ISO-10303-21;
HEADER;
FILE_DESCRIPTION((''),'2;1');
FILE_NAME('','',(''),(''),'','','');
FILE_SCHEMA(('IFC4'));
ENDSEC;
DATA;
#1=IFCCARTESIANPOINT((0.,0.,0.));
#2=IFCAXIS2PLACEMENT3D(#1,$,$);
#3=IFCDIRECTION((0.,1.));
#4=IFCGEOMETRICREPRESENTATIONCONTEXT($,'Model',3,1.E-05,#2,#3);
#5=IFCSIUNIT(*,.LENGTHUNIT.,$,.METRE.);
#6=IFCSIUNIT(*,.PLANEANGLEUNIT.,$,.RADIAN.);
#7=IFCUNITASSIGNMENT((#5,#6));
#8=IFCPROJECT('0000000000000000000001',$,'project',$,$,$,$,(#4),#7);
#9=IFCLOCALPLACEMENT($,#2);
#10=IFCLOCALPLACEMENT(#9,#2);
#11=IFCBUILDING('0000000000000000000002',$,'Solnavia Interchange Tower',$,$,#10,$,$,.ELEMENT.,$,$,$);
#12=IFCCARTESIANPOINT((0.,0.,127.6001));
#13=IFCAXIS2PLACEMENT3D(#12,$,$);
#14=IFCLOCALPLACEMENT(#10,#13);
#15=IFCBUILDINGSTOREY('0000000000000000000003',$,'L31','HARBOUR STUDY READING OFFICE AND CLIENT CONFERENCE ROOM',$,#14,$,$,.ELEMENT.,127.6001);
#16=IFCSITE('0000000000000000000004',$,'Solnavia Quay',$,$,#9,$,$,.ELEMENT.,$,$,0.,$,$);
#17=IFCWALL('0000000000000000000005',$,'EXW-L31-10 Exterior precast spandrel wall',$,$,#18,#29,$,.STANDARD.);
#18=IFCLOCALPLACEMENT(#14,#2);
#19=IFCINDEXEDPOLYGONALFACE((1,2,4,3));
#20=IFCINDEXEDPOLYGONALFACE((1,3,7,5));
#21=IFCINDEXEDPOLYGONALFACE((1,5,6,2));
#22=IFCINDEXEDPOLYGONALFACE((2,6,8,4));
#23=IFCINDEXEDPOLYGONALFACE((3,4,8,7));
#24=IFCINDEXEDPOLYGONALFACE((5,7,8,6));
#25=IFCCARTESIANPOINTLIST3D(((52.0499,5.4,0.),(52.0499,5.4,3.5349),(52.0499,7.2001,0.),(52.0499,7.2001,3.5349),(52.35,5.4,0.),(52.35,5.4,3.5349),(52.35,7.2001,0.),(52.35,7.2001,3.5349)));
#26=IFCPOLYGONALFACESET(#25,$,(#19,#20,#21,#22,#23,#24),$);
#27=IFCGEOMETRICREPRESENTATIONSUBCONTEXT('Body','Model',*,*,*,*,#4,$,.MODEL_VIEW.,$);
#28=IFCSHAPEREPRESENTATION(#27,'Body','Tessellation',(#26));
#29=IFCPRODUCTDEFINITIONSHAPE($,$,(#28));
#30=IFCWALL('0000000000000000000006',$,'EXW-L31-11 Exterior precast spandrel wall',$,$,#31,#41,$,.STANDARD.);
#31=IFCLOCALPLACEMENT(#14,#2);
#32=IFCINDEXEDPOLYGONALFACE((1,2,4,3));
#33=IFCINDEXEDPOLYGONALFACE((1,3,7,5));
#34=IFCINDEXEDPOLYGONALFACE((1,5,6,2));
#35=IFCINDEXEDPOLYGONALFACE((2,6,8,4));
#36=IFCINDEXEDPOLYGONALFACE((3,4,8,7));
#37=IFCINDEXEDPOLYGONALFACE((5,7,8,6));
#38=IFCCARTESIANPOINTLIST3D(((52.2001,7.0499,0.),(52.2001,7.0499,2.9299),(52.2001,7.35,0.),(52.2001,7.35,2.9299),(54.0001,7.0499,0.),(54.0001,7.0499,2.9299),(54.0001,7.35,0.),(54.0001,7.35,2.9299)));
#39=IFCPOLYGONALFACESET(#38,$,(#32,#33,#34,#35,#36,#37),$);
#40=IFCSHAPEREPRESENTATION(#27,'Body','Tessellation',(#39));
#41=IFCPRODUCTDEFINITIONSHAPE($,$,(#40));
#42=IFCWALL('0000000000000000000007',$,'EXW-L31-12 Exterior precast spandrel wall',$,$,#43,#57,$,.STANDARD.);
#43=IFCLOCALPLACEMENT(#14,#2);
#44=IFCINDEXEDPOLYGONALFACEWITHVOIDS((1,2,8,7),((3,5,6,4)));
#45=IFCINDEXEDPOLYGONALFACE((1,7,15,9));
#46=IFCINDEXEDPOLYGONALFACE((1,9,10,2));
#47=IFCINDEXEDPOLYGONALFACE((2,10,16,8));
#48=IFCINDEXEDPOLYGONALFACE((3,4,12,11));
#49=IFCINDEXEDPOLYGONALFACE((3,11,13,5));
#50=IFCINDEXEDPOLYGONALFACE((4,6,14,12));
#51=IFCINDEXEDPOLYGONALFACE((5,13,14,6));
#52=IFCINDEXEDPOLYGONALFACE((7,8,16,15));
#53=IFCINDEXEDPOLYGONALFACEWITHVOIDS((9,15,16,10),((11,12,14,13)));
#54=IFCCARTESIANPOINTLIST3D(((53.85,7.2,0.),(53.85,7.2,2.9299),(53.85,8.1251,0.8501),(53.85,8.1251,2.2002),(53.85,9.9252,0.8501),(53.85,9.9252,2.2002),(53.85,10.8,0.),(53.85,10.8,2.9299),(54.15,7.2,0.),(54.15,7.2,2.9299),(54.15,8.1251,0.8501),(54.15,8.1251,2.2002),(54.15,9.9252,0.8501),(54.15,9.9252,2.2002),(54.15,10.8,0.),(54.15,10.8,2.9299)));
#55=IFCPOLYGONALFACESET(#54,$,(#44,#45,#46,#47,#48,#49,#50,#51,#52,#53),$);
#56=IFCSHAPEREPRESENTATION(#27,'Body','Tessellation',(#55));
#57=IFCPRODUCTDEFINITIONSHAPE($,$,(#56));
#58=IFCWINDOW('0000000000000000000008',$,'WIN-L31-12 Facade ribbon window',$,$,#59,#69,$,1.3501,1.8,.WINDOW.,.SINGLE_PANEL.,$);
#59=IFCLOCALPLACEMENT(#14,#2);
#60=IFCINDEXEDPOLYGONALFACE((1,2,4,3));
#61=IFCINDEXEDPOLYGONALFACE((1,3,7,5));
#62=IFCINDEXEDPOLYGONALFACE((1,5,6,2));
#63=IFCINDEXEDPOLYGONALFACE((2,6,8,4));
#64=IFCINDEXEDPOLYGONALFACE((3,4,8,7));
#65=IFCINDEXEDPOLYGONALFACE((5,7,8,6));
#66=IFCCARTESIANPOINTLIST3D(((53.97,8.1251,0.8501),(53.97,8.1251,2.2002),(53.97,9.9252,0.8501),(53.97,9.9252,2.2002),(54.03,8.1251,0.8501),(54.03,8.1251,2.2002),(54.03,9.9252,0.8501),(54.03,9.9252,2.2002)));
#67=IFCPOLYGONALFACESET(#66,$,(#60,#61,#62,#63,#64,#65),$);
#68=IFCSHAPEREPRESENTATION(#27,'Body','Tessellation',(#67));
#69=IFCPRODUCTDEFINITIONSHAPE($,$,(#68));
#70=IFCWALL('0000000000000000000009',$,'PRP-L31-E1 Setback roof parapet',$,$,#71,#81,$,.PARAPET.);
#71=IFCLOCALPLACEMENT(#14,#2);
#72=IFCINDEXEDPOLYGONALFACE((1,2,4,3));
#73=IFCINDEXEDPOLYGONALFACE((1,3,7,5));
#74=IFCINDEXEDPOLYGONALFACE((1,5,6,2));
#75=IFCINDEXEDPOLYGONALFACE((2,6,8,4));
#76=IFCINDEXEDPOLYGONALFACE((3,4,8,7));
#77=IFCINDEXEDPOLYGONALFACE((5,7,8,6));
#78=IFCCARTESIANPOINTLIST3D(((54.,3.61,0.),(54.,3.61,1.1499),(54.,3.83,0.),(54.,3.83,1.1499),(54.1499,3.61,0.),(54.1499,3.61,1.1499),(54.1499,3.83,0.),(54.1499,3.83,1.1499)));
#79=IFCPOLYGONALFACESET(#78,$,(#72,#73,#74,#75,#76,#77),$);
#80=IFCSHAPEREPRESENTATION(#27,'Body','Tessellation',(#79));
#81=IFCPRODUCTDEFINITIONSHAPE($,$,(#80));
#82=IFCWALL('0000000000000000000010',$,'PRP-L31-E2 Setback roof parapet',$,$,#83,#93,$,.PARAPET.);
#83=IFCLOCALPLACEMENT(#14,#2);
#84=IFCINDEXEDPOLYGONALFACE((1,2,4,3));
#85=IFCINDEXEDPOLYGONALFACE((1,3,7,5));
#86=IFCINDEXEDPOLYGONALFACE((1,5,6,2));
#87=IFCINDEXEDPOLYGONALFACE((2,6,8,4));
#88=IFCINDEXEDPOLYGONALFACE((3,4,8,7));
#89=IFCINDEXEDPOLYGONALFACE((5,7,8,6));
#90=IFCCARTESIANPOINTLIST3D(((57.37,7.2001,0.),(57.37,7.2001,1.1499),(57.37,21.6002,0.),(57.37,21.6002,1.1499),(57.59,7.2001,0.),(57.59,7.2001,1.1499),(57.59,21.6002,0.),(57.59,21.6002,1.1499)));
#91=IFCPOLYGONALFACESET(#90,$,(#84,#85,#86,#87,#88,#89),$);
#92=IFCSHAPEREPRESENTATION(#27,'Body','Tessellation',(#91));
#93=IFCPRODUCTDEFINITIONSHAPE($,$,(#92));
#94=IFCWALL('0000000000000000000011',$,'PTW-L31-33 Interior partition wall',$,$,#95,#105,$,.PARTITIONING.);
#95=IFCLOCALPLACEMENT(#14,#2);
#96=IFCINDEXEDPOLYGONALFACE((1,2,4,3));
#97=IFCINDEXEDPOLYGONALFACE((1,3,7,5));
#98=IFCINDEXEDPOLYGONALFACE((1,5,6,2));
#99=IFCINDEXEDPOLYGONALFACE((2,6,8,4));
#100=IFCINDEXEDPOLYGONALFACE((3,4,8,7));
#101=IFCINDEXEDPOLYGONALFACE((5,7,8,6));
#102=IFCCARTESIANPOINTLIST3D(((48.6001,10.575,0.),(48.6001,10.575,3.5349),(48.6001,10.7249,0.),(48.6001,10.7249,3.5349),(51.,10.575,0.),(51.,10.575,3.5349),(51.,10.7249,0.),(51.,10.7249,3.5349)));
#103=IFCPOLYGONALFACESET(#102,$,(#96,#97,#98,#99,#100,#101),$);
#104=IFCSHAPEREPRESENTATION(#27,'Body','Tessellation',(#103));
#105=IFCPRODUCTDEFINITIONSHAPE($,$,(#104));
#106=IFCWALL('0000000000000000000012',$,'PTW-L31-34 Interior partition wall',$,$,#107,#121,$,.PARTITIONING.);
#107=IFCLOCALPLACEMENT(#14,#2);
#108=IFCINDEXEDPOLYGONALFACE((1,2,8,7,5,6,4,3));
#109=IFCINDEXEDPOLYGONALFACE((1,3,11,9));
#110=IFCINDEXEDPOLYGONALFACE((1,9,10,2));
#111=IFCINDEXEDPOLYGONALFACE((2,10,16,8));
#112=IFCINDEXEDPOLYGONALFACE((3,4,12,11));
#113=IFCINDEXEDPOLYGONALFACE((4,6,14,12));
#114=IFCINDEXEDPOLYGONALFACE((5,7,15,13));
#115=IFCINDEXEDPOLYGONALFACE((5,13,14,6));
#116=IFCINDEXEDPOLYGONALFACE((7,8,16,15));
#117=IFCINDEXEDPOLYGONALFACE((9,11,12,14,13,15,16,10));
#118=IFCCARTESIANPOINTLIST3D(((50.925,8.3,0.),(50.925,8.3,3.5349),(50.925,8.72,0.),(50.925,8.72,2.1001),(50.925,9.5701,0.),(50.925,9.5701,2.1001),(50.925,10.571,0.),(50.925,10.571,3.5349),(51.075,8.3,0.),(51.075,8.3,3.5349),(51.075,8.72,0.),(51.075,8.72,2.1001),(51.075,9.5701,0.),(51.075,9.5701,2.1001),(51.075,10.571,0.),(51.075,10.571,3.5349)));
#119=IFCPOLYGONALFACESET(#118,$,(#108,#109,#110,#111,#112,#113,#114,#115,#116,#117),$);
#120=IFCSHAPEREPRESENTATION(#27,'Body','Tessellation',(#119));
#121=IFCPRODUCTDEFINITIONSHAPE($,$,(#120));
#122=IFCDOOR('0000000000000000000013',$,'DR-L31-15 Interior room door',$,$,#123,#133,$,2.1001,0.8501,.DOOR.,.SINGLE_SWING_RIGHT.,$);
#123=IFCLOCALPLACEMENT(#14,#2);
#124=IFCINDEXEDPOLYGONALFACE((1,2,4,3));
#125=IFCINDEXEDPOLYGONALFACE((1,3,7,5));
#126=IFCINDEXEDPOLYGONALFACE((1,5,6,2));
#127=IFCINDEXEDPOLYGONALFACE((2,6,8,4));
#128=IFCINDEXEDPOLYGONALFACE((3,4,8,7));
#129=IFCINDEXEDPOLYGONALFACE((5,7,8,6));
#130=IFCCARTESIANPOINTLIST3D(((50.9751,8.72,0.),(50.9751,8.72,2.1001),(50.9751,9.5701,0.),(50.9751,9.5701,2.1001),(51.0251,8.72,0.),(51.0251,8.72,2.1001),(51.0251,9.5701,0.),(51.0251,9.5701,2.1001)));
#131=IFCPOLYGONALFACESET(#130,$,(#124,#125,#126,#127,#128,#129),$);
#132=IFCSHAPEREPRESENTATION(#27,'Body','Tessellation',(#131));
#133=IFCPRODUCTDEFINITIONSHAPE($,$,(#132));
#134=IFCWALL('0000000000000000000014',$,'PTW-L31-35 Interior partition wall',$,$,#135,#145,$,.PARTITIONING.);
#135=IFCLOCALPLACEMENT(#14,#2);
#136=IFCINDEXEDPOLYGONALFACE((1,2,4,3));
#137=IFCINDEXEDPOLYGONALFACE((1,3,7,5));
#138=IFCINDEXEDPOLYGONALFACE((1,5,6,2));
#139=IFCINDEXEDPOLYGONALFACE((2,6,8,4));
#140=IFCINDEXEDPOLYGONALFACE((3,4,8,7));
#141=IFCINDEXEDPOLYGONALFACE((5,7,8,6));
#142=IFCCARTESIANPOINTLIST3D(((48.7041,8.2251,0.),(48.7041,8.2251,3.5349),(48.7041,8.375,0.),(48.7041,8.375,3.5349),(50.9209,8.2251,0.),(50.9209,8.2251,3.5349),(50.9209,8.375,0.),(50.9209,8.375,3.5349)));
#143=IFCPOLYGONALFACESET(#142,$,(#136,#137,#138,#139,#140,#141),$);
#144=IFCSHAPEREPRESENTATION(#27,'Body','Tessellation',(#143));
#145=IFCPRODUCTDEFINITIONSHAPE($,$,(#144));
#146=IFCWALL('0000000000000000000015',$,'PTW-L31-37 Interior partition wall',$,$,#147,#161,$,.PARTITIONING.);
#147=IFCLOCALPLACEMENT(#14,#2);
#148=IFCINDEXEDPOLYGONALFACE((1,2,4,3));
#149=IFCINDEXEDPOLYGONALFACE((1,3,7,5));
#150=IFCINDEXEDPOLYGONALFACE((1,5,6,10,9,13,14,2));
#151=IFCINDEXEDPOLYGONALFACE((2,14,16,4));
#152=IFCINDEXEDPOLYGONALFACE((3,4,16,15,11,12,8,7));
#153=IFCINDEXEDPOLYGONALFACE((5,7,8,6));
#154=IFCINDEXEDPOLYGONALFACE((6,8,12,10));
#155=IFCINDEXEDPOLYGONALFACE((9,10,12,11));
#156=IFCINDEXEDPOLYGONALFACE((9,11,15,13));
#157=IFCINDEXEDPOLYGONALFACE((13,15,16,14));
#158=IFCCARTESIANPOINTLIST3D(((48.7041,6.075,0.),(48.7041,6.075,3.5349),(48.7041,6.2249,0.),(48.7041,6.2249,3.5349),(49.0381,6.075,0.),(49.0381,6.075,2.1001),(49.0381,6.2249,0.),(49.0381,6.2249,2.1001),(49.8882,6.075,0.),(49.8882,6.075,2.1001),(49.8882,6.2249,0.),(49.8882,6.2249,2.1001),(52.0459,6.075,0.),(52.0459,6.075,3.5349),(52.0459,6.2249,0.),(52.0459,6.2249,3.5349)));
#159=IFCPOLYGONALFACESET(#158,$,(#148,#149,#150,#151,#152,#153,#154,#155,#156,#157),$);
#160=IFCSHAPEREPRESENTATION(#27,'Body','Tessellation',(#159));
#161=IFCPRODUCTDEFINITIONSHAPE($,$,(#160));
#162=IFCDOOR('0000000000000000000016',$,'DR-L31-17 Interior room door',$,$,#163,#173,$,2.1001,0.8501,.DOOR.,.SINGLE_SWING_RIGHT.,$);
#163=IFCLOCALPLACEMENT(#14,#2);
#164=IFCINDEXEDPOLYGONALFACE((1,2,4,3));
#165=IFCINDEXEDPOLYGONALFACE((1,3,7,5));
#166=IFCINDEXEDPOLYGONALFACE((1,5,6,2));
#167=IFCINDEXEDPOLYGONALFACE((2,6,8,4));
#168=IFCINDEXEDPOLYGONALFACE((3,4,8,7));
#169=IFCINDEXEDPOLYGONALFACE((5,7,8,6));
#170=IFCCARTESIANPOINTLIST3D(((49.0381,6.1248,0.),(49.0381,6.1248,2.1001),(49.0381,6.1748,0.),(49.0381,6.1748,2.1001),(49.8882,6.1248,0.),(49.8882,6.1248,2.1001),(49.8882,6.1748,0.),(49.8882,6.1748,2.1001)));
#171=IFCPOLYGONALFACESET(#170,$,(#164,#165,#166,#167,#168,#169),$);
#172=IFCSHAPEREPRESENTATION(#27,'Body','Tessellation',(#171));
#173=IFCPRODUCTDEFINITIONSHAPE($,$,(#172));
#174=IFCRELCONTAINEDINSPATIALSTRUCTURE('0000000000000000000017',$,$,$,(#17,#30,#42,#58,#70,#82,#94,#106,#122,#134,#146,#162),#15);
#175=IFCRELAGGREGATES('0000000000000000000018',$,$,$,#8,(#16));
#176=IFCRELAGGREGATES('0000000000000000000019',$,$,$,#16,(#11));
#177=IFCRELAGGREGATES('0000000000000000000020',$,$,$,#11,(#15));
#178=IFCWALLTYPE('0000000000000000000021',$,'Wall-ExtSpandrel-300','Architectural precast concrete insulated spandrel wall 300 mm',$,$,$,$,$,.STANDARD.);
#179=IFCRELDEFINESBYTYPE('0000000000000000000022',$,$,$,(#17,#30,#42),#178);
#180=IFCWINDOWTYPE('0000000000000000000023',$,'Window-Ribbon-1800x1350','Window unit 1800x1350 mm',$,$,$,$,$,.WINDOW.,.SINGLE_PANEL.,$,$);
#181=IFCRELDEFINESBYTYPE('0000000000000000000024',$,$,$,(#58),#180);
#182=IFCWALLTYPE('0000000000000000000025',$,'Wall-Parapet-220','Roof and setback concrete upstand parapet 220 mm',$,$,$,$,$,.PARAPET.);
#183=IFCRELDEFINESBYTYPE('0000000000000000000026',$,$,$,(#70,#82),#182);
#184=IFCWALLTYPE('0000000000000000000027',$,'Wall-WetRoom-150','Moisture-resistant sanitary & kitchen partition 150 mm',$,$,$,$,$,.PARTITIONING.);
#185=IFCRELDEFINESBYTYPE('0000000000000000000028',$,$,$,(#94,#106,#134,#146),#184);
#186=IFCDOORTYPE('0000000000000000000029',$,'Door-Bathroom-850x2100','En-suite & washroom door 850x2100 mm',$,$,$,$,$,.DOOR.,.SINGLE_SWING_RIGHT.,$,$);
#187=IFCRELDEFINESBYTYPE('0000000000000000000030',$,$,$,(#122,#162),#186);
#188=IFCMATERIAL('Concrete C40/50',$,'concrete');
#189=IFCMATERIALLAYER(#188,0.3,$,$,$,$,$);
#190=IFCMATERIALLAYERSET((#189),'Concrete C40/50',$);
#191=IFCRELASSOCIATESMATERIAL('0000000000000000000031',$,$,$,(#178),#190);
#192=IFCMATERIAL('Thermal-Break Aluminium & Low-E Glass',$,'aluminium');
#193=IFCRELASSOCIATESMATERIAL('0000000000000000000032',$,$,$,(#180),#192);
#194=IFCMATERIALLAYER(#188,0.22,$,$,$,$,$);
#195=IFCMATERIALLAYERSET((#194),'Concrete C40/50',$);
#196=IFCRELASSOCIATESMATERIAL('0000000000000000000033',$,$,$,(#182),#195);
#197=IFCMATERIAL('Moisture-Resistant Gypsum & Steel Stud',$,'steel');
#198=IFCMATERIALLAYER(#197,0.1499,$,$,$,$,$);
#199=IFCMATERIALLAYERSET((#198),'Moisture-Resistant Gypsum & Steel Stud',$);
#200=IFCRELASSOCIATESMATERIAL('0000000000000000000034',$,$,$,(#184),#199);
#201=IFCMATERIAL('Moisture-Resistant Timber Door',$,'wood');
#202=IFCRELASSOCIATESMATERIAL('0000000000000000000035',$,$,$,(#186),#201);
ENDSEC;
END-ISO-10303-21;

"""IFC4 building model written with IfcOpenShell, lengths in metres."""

from ifc_helpers import new_model, si_unit, direction, frame, frame_2d, origin, place, context, subcontext, project, spatial, rectangle, extrude, material, layer, layer_set, type_object, element, fill, save


model = new_model("IFC4")

# Units and contexts
model_context = context("Model", 3, precision=1e-05, world=origin(), true_north=direction((0.0, 1.0)))
body_context = subcontext(model_context, "Body", "Model", "MODEL_VIEW")
ifc_project = project(units=[si_unit("LENGTHUNIT", "METRE"), si_unit("PLANEANGLEUNIT", "RADIAN")], contexts=[model_context])

# Site, building, storey
site_placement = place(None, origin())
site = spatial("IfcSite", under=ifc_project, at=site_placement, Name="Solnavia Quay", CompositionType="ELEMENT", RefElevation=0.0)
building_placement = place(site_placement, origin())
building = spatial("IfcBuilding", under=site, at=building_placement, Name="Solnavia Interchange Tower", CompositionType="ELEMENT")
storey_placement = place(building_placement, frame((0.0, 0.0, 127.6001)))
storey = spatial("IfcBuildingStorey", under=building, at=storey_placement, Name="L31", Description="HARBOUR STUDY READING OFFICE AND CLIENT CONFERENCE ROOM", CompositionType="ELEMENT", Elevation=127.6001)

# Walls
ifc_material_1 = material(Name="Concrete C40/50", Category="concrete")
ifc_layer_1 = layer(ifc_material_1, 0.3)
ifc_layer_set_1 = layer_set([ifc_layer_1], Name="Concrete C40/50")
wall_type_1 = type_object("IfcWallType", Name="Wall-ExtSpandrel-300", Description="Architectural precast concrete insulated spandrel wall 300 mm", PredefinedType="STANDARD", material=ifc_layer_set_1)
for number, where, z_axis, x_axis, name in (
    (1, (52.2, 7.2, 0.0), (0.0, 0.0, 1.0), (0.0, -1.0, 0.0), "EXW-L31-10 Exterior precast spandrel wall"),
):
    element("IfcWall", number, at=place(storey_placement, frame(where, z_axis=z_axis, x_axis=x_axis)), inside=storey, type_object=wall_type_1, Name=name, PredefinedType="STANDARD", context=body_context, shape_type="SweptSolid", body=[
        extrude(rectangle(XDim=1.8, YDim=0.3, at=frame_2d((0.8999, 0.0))), origin(), (0.0, 0.0, 1.0), 3.5349),
    ])
wall_1_placement = place(storey_placement, frame((54.0, 7.2, 0.0), z_axis=(0.0, 0.0, 1.0), x_axis=(-1.0, 0.0, 0.0)))
element("IfcWall", 2, at=wall_1_placement, inside=storey, type_object=wall_type_1, Name="EXW-L31-11 Exterior precast spandrel wall", PredefinedType="STANDARD", context=body_context, shape_type="SweptSolid", body=[
    extrude(rectangle(XDim=1.8, YDim=0.3, at=frame_2d((0.8999, 0.0))), origin(), (0.0, 0.0, 1.0), 2.9299),
])

# Wall, opening, window
wall_2_placement = place(storey_placement, frame((54.0, 10.8, 0.0), z_axis=(0.0, 0.0, 1.0), x_axis=(0.0, -1.0, 0.0)))
wall_2 = element("IfcWall", 3, at=wall_2_placement, inside=storey, type_object=wall_type_1, Name="EXW-L31-12 Exterior precast spandrel wall", PredefinedType="STANDARD", context=body_context, shape_type="SweptSolid", body=[
    extrude(rectangle(XDim=3.6001, YDim=0.3, at=frame_2d((1.8, 0.0))), origin(), (0.0, 0.0, 1.0), 2.9299),
])
opening_1_placement = place(wall_2_placement, frame((0.875, 0.0, 0.8501)))
opening_1 = element("IfcOpeningElement", 4, at=opening_1_placement, cuts=wall_2, PredefinedType="OPENING", context=body_context, shape_type="SweptSolid", body=[
    extrude(rectangle(XDim=1.8, YDim=1.3501, at=frame_2d((0.8999, 0.675))), frame((0.0, 0.1602, 0.0), z_axis=(0.0, -1.0, 0.0), x_axis=(1.0, 0.0, 0.0)), (0.0, 0.0, 1.0), 0.3201),
])
ifc_material_2 = material(Name="Thermal-Break Aluminium & Low-E Glass", Category="aluminium")
window_type = type_object("IfcWindowType", Name="Window-Ribbon-1800x1350", Description="Window unit 1800x1350 mm", PartitioningType="SINGLE_PANEL", PredefinedType="WINDOW", material=ifc_material_2)
window_placement = place(opening_1_placement, origin())
window = element("IfcWindow", 5, at=window_placement, inside=storey, type_object=window_type, Name="WIN-L31-12 Facade ribbon window", OverallHeight=1.3501, OverallWidth=1.8, PartitioningType="SINGLE_PANEL", PredefinedType="WINDOW", context=body_context, shape_type="SweptSolid", body=[
    extrude(rectangle(XDim=1.8, YDim=1.3501, at=frame_2d((0.8999, 0.675))), frame((0.0, 0.03, 0.0), z_axis=(0.0, -1.0, 0.0), x_axis=(1.0, 0.0, 0.0)), (0.0, 0.0, 1.0), 0.0601),
])
fill(opening_1, window)

# Walls
ifc_layer_2 = layer(ifc_material_1, 0.22)
ifc_layer_set_2 = layer_set([ifc_layer_2], Name="Concrete C40/50")
wall_type_2 = type_object("IfcWallType", Name="Wall-Parapet-220", Description="Roof and setback concrete upstand parapet 220 mm", PredefinedType="PARAPET", material=ifc_layer_set_2)
wall_3_placement = place(storey_placement, frame((54.1499, 3.72, 0.0), z_axis=(0.0, 0.0, 1.0), x_axis=(-1.0, 0.0, 0.0)))
element("IfcWall", 6, at=wall_3_placement, inside=storey, type_object=wall_type_2, Name="PRP-L31-E1 Setback roof parapet", PredefinedType="PARAPET", context=body_context, shape_type="SweptSolid", body=[
    extrude(rectangle(XDim=0.1499, YDim=0.22, at=frame_2d((0.075, 0.0))), origin(), (0.0, 0.0, 1.0), 1.1499),
])
wall_4_placement = place(storey_placement, frame((57.48, 7.2, 0.0), z_axis=(0.0, 0.0, 1.0), x_axis=(0.0, 1.0, 0.0)))
element("IfcWall", 7, at=wall_4_placement, inside=storey, type_object=wall_type_2, Name="PRP-L31-E2 Setback roof parapet", PredefinedType="PARAPET", context=body_context, shape_type="SweptSolid", body=[
    extrude(rectangle(XDim=14.4001, YDim=0.22, at=frame_2d((7.2002, 0.0))), origin(), (0.0, 0.0, 1.0), 1.1499),
])
ifc_material_3 = material(Name="Moisture-Resistant Gypsum & Steel Stud", Category="steel")
ifc_layer_3 = layer(ifc_material_3, 0.1499)
ifc_layer_set_3 = layer_set([ifc_layer_3], Name="Moisture-Resistant Gypsum & Steel Stud")
wall_type_3 = type_object("IfcWallType", Name="Wall-WetRoom-150", Description="Moisture-resistant sanitary & kitchen partition 150 mm", PredefinedType="PARTITIONING", material=ifc_layer_set_3)
wall_5_placement = place(storey_placement, frame((48.6001, 10.6499, 0.0), z_axis=(0.0, 0.0, 1.0), x_axis=(1.0, 0.0, 0.0)))
element("IfcWall", 8, at=wall_5_placement, inside=storey, type_object=wall_type_3, Name="PTW-L31-33 Interior partition wall", PredefinedType="PARTITIONING", context=body_context, shape_type="SweptSolid", body=[
    extrude(rectangle(XDim=2.3999, YDim=0.1499, at=frame_2d((1.2, 0.0))), origin(), (0.0, 0.0, 1.0), 3.5349),
])

# Wall, opening, door
wall_6_placement = place(storey_placement, frame((51.0, 8.3, 0.0), z_axis=(0.0, 0.0, 1.0), x_axis=(0.0, 1.0, 0.0)))
wall_6 = element("IfcWall", 9, at=wall_6_placement, inside=storey, type_object=wall_type_3, Name="PTW-L31-34 Interior partition wall", PredefinedType="PARTITIONING", context=body_context, shape_type="SweptSolid", body=[
    extrude(rectangle(XDim=2.271, YDim=0.1499, at=frame_2d((1.1355, 0.0))), origin(), (0.0, 0.0, 1.0), 3.5349),
])
opening_2_placement = place(wall_6_placement, frame((0.4199, 0.0, 0.0)))
opening_2 = element("IfcOpeningElement", 10, at=opening_2_placement, cuts=wall_6, PredefinedType="OPENING", context=body_context, shape_type="SweptSolid", body=[
    extrude(rectangle(XDim=0.8501, YDim=2.1001, at=frame_2d((0.425, 1.05))), frame((0.0, 0.085, 0.0), z_axis=(0.0, -1.0, 0.0), x_axis=(1.0, 0.0, 0.0)), (0.0, 0.0, 1.0), 0.1699),
])
ifc_material_4 = material(Name="Moisture-Resistant Timber Door", Category="wood")
door_type_1 = type_object("IfcDoorType", Name="Door-Bathroom-850x2100", Description="En-suite & washroom door 850x2100 mm", OperationType="SINGLE_SWING_RIGHT", PredefinedType="DOOR", material=ifc_material_4)
door_1_placement = place(opening_2_placement, origin())
door_1 = element("IfcDoor", 11, at=door_1_placement, inside=storey, type_object=door_type_1, Name="DR-L31-15 Interior room door", OperationType="SINGLE_SWING_RIGHT", OverallHeight=2.1001, OverallWidth=0.8501, PredefinedType="DOOR", context=body_context, shape_type="SweptSolid", body=[
    extrude(rectangle(XDim=0.8501, YDim=2.1001, at=frame_2d((0.425, 1.05))), frame((0.0, 0.0249, 0.0), z_axis=(0.0, -1.0, 0.0), x_axis=(1.0, 0.0, 0.0)), (0.0, 0.0, 1.0), 0.05),
])
fill(opening_2, door_1)

# Wall
wall_7_placement = place(storey_placement, frame((48.7041, 8.3, 0.0), z_axis=(0.0, 0.0, 1.0), x_axis=(1.0, 0.0, 0.0)))
element("IfcWall", 12, at=wall_7_placement, inside=storey, type_object=wall_type_3, Name="PTW-L31-35 Interior partition wall", PredefinedType="PARTITIONING", context=body_context, shape_type="SweptSolid", body=[
    extrude(rectangle(XDim=2.2168, YDim=0.1499, at=frame_2d((1.1084, 0.0))), origin(), (0.0, 0.0, 1.0), 3.5349),
])

# Wall, opening, door
wall_8_placement = place(storey_placement, frame((48.7041, 6.1499, 0.0), z_axis=(0.0, 0.0, 1.0), x_axis=(1.0, 0.0, 0.0)))
wall_8 = element("IfcWall", 13, at=wall_8_placement, inside=storey, type_object=wall_type_3, Name="PTW-L31-37 Interior partition wall", PredefinedType="PARTITIONING", context=body_context, shape_type="SweptSolid", body=[
    extrude(rectangle(XDim=3.3418, YDim=0.1499, at=frame_2d((1.6709, 0.0))), origin(), (0.0, 0.0, 1.0), 3.5349),
])
opening_3_placement = place(wall_8_placement, frame((0.334, 0.0, 0.0)))
opening_3 = element("IfcOpeningElement", 14, at=opening_3_placement, cuts=wall_8, PredefinedType="OPENING", context=body_context, shape_type="SweptSolid", body=[
    extrude(rectangle(XDim=0.8501, YDim=2.1001, at=frame_2d((0.425, 1.05))), frame((0.0, 0.085, 0.0), z_axis=(0.0, -1.0, 0.0), x_axis=(1.0, 0.0, 0.0)), (0.0, 0.0, 1.0), 0.1699),
])
door_2_placement = place(opening_3_placement, origin())
door_2 = element("IfcDoor", 15, at=door_2_placement, inside=storey, type_object=door_type_1, Name="DR-L31-17 Interior room door", OperationType="SINGLE_SWING_RIGHT", OverallHeight=2.1001, OverallWidth=0.8501, PredefinedType="DOOR", context=body_context, shape_type="SweptSolid", body=[
    extrude(rectangle(XDim=0.8501, YDim=2.1001, at=frame_2d((0.425, 1.05))), frame((0.0, 0.0249, 0.0), z_axis=(0.0, -1.0, 0.0), x_axis=(1.0, 0.0, 0.0)), (0.0, 0.0, 1.0), 0.05),
])
fill(opening_3, door_2)

save(model, "model.ifc")
